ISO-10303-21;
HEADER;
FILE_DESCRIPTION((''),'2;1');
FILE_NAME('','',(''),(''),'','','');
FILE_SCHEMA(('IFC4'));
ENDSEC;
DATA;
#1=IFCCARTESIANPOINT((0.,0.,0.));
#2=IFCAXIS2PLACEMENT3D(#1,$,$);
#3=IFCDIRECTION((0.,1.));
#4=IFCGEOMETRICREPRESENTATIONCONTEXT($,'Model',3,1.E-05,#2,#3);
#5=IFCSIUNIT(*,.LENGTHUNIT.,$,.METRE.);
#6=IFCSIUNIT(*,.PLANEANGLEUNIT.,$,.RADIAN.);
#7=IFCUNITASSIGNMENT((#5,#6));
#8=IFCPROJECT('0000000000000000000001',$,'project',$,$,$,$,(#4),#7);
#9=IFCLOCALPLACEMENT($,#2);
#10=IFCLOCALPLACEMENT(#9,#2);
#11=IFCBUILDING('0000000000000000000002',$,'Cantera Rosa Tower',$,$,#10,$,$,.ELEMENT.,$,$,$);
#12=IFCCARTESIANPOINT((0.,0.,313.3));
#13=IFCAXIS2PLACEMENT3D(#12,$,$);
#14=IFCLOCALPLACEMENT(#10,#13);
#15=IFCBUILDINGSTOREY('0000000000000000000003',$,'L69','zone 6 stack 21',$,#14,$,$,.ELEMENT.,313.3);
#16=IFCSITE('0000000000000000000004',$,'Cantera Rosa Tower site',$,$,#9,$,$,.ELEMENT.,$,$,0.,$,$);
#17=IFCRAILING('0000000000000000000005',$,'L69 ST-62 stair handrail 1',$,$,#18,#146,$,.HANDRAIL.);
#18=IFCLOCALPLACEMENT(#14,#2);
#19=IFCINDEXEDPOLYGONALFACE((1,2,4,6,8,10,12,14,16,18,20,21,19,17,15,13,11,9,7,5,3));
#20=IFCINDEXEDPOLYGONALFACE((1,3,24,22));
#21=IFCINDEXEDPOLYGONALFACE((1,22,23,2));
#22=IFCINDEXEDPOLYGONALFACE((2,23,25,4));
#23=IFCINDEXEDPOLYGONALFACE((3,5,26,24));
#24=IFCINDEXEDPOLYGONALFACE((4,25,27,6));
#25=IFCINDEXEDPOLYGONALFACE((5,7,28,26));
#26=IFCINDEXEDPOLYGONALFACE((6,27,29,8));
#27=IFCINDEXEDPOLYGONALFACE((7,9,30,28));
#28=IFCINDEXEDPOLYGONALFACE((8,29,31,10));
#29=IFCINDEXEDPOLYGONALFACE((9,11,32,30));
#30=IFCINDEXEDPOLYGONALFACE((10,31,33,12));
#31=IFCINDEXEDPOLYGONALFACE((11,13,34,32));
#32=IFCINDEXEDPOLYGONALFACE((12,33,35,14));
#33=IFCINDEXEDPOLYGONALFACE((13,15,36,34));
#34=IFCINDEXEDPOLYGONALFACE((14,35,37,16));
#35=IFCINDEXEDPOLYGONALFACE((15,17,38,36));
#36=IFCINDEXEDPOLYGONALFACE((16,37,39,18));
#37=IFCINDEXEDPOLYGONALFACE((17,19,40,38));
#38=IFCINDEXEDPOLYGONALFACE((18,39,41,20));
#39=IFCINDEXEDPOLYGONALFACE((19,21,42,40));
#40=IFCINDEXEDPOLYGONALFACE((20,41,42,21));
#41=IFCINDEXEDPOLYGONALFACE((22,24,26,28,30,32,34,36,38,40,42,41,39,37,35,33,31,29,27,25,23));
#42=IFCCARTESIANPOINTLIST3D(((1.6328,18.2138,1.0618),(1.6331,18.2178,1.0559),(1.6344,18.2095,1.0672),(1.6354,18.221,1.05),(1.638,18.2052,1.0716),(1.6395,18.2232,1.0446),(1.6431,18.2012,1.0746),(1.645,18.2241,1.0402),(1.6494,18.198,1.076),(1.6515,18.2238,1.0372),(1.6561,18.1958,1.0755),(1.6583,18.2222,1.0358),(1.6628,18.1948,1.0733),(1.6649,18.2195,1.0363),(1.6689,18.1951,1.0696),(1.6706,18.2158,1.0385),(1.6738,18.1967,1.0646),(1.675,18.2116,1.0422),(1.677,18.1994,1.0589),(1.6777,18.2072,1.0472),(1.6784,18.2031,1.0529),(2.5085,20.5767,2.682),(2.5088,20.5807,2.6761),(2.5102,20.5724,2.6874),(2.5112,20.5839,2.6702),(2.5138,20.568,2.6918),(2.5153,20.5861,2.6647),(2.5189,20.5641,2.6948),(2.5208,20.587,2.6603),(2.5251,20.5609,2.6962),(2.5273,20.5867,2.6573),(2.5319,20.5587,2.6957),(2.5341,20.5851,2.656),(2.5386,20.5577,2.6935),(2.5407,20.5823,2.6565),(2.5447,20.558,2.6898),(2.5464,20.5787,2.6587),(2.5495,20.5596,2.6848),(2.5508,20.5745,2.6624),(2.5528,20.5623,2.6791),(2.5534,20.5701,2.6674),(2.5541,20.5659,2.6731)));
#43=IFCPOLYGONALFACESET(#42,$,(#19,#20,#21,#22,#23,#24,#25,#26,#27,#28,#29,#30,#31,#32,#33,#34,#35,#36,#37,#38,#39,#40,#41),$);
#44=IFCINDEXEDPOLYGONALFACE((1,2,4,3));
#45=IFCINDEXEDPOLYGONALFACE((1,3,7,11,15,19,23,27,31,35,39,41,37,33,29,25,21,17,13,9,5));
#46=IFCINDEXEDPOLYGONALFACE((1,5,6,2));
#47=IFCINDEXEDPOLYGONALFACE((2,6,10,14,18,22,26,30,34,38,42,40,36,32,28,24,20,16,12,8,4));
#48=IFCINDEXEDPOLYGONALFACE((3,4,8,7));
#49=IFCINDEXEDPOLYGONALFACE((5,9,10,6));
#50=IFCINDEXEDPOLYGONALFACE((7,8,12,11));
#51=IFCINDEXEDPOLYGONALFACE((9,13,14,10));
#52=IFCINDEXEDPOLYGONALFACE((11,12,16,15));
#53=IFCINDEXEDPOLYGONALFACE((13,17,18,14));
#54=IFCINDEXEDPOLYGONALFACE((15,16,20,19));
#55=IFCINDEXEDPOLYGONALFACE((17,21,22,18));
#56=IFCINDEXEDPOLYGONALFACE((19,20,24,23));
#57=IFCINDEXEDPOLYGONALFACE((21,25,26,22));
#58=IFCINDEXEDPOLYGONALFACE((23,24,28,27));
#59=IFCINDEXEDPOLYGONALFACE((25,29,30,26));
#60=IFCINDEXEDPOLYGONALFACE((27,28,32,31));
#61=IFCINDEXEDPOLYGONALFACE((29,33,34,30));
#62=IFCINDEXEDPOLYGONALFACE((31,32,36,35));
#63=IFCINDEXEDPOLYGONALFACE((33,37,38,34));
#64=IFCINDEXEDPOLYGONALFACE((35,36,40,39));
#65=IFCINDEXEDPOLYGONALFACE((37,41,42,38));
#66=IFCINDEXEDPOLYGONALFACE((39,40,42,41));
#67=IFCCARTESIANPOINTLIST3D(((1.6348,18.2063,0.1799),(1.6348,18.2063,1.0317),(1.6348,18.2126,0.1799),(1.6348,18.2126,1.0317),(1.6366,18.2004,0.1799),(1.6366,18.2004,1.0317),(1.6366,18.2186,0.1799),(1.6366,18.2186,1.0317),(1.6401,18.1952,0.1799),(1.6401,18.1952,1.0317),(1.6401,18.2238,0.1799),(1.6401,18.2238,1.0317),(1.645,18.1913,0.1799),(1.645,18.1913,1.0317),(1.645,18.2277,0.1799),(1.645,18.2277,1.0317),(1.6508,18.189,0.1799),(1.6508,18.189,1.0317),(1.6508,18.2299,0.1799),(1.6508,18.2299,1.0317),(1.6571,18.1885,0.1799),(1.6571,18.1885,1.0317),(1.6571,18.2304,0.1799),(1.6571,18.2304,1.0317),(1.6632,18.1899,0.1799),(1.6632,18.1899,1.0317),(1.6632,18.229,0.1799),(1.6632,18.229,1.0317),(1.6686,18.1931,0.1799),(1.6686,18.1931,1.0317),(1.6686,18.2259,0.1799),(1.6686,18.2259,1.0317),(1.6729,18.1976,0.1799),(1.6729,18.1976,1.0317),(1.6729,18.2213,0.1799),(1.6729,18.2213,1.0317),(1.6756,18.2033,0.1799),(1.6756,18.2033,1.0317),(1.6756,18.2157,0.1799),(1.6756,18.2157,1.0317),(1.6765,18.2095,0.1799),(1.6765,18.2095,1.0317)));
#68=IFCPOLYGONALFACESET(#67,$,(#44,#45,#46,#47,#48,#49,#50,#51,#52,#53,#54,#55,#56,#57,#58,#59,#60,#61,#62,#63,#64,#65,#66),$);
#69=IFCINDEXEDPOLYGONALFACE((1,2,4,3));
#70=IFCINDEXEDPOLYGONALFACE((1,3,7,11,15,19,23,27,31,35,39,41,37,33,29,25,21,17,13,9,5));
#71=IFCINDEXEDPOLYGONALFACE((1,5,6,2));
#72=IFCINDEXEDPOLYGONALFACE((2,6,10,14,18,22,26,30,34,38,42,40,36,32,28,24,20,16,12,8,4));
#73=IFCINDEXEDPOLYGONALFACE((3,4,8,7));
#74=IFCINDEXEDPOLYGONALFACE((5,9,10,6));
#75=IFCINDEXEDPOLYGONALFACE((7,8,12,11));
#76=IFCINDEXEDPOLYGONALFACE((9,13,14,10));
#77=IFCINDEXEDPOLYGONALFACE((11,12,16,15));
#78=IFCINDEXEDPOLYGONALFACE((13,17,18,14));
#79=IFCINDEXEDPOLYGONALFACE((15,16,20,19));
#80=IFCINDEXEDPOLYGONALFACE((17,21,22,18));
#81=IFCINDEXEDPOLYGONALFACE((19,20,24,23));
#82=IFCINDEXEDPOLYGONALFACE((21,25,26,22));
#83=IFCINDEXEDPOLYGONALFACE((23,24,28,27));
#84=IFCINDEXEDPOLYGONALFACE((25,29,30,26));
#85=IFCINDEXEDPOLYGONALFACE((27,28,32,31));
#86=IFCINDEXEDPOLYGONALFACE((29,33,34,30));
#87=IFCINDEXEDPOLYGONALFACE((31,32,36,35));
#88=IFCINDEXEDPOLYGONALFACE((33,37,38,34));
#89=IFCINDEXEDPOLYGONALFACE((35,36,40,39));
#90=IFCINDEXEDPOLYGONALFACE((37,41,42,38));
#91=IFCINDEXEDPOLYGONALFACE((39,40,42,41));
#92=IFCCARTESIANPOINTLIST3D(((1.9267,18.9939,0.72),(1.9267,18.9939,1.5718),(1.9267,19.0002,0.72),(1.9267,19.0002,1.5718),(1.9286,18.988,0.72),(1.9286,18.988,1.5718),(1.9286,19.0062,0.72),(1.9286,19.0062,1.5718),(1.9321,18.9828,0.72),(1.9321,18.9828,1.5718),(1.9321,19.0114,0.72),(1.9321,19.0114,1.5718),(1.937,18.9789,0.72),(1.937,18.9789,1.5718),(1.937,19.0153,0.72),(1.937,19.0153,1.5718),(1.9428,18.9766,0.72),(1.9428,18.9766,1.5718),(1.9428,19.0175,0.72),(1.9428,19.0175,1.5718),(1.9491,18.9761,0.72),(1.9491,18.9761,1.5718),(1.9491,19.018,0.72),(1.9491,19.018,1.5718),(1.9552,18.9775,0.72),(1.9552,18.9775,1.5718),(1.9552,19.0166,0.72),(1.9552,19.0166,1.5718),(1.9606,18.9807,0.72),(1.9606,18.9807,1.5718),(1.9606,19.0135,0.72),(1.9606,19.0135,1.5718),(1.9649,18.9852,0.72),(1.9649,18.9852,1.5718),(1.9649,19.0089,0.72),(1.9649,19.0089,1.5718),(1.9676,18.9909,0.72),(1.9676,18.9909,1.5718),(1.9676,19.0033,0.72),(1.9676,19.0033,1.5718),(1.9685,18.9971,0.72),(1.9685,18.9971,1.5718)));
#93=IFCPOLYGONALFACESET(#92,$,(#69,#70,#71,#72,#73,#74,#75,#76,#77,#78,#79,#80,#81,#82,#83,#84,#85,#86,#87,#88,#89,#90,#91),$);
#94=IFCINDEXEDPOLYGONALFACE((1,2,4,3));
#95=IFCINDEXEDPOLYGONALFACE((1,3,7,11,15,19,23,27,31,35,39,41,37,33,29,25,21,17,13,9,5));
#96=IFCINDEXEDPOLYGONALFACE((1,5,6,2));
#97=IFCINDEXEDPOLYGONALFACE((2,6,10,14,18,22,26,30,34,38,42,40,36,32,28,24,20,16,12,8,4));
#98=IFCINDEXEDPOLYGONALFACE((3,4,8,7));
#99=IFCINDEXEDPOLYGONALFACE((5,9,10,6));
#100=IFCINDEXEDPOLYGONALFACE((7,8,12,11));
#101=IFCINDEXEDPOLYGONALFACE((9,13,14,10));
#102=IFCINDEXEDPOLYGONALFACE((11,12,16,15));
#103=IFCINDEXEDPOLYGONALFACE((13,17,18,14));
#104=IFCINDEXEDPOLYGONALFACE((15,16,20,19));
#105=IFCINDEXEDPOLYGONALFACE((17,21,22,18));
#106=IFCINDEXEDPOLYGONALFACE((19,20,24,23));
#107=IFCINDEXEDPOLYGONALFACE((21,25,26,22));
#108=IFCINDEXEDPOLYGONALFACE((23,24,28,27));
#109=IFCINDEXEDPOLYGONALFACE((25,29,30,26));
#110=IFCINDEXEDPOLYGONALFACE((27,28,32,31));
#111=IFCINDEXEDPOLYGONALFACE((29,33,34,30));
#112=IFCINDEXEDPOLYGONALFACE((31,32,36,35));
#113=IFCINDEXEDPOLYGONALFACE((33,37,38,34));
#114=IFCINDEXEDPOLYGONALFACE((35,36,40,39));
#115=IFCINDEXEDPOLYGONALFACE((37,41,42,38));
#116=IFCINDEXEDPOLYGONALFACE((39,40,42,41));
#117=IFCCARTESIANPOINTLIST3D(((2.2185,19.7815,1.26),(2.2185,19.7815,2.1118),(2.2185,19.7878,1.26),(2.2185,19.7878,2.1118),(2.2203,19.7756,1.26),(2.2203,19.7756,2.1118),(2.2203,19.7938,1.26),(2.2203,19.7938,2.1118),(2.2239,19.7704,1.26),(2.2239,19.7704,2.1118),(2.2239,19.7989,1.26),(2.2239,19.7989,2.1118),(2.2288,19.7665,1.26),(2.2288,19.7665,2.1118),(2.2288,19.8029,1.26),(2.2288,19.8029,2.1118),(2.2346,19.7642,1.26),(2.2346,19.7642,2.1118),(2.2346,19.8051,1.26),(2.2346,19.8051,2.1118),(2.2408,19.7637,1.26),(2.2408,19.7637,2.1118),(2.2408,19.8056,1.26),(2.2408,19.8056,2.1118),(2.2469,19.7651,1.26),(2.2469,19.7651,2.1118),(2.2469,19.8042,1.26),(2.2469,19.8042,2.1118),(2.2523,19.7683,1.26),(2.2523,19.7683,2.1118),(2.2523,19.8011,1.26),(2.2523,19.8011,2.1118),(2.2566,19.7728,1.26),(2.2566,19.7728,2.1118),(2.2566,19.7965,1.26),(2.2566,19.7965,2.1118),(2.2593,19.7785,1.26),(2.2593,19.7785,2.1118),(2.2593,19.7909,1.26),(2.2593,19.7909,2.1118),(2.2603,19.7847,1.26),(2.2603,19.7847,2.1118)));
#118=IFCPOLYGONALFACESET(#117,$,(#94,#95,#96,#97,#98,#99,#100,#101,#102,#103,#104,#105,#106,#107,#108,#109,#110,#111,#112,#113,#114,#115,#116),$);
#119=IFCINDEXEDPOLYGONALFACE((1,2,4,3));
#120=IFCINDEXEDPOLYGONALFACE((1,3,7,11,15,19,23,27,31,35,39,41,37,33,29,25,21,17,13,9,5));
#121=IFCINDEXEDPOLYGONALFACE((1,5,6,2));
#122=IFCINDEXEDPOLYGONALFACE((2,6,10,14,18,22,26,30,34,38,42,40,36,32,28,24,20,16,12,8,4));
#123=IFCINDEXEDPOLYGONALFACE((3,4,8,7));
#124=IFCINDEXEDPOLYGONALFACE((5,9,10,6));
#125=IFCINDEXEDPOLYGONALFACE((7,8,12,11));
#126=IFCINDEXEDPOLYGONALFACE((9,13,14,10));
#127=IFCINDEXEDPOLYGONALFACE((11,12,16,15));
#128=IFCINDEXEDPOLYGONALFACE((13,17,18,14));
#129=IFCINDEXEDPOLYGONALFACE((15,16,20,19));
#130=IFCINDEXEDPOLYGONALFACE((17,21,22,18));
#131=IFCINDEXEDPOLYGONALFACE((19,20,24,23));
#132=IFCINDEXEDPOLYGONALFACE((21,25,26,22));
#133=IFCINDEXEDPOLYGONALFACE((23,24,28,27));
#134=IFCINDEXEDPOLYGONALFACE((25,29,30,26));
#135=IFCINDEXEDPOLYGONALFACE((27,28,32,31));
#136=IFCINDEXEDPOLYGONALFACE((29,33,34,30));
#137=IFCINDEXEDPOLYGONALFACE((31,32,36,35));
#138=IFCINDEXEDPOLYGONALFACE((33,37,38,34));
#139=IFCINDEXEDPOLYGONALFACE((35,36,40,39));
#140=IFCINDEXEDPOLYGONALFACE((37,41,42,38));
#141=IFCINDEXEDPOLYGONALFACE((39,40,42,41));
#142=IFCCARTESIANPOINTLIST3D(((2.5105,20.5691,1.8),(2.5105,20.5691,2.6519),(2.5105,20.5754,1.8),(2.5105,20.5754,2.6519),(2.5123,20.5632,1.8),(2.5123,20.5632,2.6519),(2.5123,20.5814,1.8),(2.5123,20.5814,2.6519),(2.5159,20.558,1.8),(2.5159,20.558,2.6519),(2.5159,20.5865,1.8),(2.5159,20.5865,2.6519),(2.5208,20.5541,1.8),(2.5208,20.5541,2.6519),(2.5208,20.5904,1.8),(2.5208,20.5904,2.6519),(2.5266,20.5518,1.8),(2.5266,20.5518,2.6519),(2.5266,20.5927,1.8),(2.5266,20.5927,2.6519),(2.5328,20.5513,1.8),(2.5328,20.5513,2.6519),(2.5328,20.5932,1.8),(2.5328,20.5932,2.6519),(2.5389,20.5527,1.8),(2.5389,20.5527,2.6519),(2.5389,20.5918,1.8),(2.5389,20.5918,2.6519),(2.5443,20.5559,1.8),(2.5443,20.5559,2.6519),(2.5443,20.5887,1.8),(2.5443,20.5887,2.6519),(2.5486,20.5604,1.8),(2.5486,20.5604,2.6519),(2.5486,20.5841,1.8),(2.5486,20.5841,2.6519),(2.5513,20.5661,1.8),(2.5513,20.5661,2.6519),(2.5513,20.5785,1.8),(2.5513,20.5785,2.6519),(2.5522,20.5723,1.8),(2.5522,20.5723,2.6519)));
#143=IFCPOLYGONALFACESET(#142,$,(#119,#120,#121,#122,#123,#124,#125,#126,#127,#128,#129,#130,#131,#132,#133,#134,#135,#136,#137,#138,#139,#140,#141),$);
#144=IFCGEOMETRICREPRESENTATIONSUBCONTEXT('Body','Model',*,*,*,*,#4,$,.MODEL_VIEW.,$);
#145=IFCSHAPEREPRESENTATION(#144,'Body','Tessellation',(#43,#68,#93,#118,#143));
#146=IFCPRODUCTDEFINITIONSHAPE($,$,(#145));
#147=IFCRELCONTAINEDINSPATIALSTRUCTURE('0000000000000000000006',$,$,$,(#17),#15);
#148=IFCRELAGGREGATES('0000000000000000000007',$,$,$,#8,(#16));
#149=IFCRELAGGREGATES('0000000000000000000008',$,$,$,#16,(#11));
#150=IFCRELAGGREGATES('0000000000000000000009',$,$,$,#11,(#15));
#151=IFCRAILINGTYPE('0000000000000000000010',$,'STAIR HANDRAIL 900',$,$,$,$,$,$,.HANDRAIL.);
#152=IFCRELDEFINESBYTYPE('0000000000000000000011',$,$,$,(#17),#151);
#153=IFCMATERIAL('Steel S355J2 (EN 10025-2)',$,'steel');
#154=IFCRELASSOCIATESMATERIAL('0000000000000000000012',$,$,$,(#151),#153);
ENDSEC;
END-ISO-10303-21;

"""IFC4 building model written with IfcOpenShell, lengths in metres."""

from ifc_helpers import new_model, si_unit, direction, frame, origin, origin_2d, place, context, subcontext, project, spatial, circle, extrude, material, type_object, element, save


model = new_model("IFC4")

# Units and contexts
model_context = context("Model", 3, precision=1e-05, world=origin(), true_north=direction((0.0, 1.0)))
body_context = subcontext(model_context, "Body", "Model", "MODEL_VIEW")
ifc_project = project(units=[si_unit("LENGTHUNIT", "METRE"), si_unit("PLANEANGLEUNIT", "RADIAN")], contexts=[model_context])

# Site, building, storey
site_placement = place(None, origin())
site = spatial("IfcSite", under=ifc_project, at=site_placement, Name="Cantera Rosa Tower site", CompositionType="ELEMENT", RefElevation=0.0)
building_placement = place(site_placement, origin())
building = spatial("IfcBuilding", under=site, at=building_placement, Name="Cantera Rosa Tower", CompositionType="ELEMENT")
storey_placement = place(building_placement, frame((0.0, 0.0, 313.3)))
storey = spatial("IfcBuildingStorey", under=building, at=storey_placement, Name="L69", Description="zone 6 stack 21", CompositionType="ELEMENT", Elevation=313.3)

# Railing
ifc_material_1 = material(Name="Steel S355J2 (EN 10025-2)", Category="steel")
railing_type_1 = type_object("IfcRailingType", Name="STAIR HANDRAIL 900", PredefinedType="HANDRAIL", material=ifc_material_1)
railing_1_placement = place(storey_placement, frame((1.6555, 18.2095, 0.1799)))
element("IfcRailing", 1, at=railing_1_placement, inside=storey, type_object=railing_type_1, Name="L69 ST-62 stair handrail 1", PredefinedType="HANDRAIL", context=body_context, shape_type="SweptSolid", body=[
    extrude(circle(Radius=0.0239, at=origin_2d()), frame((0.0, 0.0, 0.876), z_axis=(0.292326, 0.788717, 0.540806), x_axis=(-0.937668, 0.347532, 0.0)), (0.0, 0.0, 1.0), 2.9958),
    extrude(circle(Radius=0.021, at=origin_2d()), origin(), (0.0, 0.0, 1.0), 0.8518),
    extrude(circle(Radius=0.021, at=origin_2d()), frame((0.292, 0.7876, 0.54)), (0.0, 0.0, 1.0), 0.8518),
    extrude(circle(Radius=0.021, at=origin_2d()), frame((0.5837, 1.5752, 1.0801)), (0.0, 0.0, 1.0), 0.8518),
    extrude(circle(Radius=0.021, at=origin_2d()), frame((0.8757, 2.3628, 1.6201)), (0.0, 0.0, 1.0), 0.8518),
])

save(model, "model.ifc")
